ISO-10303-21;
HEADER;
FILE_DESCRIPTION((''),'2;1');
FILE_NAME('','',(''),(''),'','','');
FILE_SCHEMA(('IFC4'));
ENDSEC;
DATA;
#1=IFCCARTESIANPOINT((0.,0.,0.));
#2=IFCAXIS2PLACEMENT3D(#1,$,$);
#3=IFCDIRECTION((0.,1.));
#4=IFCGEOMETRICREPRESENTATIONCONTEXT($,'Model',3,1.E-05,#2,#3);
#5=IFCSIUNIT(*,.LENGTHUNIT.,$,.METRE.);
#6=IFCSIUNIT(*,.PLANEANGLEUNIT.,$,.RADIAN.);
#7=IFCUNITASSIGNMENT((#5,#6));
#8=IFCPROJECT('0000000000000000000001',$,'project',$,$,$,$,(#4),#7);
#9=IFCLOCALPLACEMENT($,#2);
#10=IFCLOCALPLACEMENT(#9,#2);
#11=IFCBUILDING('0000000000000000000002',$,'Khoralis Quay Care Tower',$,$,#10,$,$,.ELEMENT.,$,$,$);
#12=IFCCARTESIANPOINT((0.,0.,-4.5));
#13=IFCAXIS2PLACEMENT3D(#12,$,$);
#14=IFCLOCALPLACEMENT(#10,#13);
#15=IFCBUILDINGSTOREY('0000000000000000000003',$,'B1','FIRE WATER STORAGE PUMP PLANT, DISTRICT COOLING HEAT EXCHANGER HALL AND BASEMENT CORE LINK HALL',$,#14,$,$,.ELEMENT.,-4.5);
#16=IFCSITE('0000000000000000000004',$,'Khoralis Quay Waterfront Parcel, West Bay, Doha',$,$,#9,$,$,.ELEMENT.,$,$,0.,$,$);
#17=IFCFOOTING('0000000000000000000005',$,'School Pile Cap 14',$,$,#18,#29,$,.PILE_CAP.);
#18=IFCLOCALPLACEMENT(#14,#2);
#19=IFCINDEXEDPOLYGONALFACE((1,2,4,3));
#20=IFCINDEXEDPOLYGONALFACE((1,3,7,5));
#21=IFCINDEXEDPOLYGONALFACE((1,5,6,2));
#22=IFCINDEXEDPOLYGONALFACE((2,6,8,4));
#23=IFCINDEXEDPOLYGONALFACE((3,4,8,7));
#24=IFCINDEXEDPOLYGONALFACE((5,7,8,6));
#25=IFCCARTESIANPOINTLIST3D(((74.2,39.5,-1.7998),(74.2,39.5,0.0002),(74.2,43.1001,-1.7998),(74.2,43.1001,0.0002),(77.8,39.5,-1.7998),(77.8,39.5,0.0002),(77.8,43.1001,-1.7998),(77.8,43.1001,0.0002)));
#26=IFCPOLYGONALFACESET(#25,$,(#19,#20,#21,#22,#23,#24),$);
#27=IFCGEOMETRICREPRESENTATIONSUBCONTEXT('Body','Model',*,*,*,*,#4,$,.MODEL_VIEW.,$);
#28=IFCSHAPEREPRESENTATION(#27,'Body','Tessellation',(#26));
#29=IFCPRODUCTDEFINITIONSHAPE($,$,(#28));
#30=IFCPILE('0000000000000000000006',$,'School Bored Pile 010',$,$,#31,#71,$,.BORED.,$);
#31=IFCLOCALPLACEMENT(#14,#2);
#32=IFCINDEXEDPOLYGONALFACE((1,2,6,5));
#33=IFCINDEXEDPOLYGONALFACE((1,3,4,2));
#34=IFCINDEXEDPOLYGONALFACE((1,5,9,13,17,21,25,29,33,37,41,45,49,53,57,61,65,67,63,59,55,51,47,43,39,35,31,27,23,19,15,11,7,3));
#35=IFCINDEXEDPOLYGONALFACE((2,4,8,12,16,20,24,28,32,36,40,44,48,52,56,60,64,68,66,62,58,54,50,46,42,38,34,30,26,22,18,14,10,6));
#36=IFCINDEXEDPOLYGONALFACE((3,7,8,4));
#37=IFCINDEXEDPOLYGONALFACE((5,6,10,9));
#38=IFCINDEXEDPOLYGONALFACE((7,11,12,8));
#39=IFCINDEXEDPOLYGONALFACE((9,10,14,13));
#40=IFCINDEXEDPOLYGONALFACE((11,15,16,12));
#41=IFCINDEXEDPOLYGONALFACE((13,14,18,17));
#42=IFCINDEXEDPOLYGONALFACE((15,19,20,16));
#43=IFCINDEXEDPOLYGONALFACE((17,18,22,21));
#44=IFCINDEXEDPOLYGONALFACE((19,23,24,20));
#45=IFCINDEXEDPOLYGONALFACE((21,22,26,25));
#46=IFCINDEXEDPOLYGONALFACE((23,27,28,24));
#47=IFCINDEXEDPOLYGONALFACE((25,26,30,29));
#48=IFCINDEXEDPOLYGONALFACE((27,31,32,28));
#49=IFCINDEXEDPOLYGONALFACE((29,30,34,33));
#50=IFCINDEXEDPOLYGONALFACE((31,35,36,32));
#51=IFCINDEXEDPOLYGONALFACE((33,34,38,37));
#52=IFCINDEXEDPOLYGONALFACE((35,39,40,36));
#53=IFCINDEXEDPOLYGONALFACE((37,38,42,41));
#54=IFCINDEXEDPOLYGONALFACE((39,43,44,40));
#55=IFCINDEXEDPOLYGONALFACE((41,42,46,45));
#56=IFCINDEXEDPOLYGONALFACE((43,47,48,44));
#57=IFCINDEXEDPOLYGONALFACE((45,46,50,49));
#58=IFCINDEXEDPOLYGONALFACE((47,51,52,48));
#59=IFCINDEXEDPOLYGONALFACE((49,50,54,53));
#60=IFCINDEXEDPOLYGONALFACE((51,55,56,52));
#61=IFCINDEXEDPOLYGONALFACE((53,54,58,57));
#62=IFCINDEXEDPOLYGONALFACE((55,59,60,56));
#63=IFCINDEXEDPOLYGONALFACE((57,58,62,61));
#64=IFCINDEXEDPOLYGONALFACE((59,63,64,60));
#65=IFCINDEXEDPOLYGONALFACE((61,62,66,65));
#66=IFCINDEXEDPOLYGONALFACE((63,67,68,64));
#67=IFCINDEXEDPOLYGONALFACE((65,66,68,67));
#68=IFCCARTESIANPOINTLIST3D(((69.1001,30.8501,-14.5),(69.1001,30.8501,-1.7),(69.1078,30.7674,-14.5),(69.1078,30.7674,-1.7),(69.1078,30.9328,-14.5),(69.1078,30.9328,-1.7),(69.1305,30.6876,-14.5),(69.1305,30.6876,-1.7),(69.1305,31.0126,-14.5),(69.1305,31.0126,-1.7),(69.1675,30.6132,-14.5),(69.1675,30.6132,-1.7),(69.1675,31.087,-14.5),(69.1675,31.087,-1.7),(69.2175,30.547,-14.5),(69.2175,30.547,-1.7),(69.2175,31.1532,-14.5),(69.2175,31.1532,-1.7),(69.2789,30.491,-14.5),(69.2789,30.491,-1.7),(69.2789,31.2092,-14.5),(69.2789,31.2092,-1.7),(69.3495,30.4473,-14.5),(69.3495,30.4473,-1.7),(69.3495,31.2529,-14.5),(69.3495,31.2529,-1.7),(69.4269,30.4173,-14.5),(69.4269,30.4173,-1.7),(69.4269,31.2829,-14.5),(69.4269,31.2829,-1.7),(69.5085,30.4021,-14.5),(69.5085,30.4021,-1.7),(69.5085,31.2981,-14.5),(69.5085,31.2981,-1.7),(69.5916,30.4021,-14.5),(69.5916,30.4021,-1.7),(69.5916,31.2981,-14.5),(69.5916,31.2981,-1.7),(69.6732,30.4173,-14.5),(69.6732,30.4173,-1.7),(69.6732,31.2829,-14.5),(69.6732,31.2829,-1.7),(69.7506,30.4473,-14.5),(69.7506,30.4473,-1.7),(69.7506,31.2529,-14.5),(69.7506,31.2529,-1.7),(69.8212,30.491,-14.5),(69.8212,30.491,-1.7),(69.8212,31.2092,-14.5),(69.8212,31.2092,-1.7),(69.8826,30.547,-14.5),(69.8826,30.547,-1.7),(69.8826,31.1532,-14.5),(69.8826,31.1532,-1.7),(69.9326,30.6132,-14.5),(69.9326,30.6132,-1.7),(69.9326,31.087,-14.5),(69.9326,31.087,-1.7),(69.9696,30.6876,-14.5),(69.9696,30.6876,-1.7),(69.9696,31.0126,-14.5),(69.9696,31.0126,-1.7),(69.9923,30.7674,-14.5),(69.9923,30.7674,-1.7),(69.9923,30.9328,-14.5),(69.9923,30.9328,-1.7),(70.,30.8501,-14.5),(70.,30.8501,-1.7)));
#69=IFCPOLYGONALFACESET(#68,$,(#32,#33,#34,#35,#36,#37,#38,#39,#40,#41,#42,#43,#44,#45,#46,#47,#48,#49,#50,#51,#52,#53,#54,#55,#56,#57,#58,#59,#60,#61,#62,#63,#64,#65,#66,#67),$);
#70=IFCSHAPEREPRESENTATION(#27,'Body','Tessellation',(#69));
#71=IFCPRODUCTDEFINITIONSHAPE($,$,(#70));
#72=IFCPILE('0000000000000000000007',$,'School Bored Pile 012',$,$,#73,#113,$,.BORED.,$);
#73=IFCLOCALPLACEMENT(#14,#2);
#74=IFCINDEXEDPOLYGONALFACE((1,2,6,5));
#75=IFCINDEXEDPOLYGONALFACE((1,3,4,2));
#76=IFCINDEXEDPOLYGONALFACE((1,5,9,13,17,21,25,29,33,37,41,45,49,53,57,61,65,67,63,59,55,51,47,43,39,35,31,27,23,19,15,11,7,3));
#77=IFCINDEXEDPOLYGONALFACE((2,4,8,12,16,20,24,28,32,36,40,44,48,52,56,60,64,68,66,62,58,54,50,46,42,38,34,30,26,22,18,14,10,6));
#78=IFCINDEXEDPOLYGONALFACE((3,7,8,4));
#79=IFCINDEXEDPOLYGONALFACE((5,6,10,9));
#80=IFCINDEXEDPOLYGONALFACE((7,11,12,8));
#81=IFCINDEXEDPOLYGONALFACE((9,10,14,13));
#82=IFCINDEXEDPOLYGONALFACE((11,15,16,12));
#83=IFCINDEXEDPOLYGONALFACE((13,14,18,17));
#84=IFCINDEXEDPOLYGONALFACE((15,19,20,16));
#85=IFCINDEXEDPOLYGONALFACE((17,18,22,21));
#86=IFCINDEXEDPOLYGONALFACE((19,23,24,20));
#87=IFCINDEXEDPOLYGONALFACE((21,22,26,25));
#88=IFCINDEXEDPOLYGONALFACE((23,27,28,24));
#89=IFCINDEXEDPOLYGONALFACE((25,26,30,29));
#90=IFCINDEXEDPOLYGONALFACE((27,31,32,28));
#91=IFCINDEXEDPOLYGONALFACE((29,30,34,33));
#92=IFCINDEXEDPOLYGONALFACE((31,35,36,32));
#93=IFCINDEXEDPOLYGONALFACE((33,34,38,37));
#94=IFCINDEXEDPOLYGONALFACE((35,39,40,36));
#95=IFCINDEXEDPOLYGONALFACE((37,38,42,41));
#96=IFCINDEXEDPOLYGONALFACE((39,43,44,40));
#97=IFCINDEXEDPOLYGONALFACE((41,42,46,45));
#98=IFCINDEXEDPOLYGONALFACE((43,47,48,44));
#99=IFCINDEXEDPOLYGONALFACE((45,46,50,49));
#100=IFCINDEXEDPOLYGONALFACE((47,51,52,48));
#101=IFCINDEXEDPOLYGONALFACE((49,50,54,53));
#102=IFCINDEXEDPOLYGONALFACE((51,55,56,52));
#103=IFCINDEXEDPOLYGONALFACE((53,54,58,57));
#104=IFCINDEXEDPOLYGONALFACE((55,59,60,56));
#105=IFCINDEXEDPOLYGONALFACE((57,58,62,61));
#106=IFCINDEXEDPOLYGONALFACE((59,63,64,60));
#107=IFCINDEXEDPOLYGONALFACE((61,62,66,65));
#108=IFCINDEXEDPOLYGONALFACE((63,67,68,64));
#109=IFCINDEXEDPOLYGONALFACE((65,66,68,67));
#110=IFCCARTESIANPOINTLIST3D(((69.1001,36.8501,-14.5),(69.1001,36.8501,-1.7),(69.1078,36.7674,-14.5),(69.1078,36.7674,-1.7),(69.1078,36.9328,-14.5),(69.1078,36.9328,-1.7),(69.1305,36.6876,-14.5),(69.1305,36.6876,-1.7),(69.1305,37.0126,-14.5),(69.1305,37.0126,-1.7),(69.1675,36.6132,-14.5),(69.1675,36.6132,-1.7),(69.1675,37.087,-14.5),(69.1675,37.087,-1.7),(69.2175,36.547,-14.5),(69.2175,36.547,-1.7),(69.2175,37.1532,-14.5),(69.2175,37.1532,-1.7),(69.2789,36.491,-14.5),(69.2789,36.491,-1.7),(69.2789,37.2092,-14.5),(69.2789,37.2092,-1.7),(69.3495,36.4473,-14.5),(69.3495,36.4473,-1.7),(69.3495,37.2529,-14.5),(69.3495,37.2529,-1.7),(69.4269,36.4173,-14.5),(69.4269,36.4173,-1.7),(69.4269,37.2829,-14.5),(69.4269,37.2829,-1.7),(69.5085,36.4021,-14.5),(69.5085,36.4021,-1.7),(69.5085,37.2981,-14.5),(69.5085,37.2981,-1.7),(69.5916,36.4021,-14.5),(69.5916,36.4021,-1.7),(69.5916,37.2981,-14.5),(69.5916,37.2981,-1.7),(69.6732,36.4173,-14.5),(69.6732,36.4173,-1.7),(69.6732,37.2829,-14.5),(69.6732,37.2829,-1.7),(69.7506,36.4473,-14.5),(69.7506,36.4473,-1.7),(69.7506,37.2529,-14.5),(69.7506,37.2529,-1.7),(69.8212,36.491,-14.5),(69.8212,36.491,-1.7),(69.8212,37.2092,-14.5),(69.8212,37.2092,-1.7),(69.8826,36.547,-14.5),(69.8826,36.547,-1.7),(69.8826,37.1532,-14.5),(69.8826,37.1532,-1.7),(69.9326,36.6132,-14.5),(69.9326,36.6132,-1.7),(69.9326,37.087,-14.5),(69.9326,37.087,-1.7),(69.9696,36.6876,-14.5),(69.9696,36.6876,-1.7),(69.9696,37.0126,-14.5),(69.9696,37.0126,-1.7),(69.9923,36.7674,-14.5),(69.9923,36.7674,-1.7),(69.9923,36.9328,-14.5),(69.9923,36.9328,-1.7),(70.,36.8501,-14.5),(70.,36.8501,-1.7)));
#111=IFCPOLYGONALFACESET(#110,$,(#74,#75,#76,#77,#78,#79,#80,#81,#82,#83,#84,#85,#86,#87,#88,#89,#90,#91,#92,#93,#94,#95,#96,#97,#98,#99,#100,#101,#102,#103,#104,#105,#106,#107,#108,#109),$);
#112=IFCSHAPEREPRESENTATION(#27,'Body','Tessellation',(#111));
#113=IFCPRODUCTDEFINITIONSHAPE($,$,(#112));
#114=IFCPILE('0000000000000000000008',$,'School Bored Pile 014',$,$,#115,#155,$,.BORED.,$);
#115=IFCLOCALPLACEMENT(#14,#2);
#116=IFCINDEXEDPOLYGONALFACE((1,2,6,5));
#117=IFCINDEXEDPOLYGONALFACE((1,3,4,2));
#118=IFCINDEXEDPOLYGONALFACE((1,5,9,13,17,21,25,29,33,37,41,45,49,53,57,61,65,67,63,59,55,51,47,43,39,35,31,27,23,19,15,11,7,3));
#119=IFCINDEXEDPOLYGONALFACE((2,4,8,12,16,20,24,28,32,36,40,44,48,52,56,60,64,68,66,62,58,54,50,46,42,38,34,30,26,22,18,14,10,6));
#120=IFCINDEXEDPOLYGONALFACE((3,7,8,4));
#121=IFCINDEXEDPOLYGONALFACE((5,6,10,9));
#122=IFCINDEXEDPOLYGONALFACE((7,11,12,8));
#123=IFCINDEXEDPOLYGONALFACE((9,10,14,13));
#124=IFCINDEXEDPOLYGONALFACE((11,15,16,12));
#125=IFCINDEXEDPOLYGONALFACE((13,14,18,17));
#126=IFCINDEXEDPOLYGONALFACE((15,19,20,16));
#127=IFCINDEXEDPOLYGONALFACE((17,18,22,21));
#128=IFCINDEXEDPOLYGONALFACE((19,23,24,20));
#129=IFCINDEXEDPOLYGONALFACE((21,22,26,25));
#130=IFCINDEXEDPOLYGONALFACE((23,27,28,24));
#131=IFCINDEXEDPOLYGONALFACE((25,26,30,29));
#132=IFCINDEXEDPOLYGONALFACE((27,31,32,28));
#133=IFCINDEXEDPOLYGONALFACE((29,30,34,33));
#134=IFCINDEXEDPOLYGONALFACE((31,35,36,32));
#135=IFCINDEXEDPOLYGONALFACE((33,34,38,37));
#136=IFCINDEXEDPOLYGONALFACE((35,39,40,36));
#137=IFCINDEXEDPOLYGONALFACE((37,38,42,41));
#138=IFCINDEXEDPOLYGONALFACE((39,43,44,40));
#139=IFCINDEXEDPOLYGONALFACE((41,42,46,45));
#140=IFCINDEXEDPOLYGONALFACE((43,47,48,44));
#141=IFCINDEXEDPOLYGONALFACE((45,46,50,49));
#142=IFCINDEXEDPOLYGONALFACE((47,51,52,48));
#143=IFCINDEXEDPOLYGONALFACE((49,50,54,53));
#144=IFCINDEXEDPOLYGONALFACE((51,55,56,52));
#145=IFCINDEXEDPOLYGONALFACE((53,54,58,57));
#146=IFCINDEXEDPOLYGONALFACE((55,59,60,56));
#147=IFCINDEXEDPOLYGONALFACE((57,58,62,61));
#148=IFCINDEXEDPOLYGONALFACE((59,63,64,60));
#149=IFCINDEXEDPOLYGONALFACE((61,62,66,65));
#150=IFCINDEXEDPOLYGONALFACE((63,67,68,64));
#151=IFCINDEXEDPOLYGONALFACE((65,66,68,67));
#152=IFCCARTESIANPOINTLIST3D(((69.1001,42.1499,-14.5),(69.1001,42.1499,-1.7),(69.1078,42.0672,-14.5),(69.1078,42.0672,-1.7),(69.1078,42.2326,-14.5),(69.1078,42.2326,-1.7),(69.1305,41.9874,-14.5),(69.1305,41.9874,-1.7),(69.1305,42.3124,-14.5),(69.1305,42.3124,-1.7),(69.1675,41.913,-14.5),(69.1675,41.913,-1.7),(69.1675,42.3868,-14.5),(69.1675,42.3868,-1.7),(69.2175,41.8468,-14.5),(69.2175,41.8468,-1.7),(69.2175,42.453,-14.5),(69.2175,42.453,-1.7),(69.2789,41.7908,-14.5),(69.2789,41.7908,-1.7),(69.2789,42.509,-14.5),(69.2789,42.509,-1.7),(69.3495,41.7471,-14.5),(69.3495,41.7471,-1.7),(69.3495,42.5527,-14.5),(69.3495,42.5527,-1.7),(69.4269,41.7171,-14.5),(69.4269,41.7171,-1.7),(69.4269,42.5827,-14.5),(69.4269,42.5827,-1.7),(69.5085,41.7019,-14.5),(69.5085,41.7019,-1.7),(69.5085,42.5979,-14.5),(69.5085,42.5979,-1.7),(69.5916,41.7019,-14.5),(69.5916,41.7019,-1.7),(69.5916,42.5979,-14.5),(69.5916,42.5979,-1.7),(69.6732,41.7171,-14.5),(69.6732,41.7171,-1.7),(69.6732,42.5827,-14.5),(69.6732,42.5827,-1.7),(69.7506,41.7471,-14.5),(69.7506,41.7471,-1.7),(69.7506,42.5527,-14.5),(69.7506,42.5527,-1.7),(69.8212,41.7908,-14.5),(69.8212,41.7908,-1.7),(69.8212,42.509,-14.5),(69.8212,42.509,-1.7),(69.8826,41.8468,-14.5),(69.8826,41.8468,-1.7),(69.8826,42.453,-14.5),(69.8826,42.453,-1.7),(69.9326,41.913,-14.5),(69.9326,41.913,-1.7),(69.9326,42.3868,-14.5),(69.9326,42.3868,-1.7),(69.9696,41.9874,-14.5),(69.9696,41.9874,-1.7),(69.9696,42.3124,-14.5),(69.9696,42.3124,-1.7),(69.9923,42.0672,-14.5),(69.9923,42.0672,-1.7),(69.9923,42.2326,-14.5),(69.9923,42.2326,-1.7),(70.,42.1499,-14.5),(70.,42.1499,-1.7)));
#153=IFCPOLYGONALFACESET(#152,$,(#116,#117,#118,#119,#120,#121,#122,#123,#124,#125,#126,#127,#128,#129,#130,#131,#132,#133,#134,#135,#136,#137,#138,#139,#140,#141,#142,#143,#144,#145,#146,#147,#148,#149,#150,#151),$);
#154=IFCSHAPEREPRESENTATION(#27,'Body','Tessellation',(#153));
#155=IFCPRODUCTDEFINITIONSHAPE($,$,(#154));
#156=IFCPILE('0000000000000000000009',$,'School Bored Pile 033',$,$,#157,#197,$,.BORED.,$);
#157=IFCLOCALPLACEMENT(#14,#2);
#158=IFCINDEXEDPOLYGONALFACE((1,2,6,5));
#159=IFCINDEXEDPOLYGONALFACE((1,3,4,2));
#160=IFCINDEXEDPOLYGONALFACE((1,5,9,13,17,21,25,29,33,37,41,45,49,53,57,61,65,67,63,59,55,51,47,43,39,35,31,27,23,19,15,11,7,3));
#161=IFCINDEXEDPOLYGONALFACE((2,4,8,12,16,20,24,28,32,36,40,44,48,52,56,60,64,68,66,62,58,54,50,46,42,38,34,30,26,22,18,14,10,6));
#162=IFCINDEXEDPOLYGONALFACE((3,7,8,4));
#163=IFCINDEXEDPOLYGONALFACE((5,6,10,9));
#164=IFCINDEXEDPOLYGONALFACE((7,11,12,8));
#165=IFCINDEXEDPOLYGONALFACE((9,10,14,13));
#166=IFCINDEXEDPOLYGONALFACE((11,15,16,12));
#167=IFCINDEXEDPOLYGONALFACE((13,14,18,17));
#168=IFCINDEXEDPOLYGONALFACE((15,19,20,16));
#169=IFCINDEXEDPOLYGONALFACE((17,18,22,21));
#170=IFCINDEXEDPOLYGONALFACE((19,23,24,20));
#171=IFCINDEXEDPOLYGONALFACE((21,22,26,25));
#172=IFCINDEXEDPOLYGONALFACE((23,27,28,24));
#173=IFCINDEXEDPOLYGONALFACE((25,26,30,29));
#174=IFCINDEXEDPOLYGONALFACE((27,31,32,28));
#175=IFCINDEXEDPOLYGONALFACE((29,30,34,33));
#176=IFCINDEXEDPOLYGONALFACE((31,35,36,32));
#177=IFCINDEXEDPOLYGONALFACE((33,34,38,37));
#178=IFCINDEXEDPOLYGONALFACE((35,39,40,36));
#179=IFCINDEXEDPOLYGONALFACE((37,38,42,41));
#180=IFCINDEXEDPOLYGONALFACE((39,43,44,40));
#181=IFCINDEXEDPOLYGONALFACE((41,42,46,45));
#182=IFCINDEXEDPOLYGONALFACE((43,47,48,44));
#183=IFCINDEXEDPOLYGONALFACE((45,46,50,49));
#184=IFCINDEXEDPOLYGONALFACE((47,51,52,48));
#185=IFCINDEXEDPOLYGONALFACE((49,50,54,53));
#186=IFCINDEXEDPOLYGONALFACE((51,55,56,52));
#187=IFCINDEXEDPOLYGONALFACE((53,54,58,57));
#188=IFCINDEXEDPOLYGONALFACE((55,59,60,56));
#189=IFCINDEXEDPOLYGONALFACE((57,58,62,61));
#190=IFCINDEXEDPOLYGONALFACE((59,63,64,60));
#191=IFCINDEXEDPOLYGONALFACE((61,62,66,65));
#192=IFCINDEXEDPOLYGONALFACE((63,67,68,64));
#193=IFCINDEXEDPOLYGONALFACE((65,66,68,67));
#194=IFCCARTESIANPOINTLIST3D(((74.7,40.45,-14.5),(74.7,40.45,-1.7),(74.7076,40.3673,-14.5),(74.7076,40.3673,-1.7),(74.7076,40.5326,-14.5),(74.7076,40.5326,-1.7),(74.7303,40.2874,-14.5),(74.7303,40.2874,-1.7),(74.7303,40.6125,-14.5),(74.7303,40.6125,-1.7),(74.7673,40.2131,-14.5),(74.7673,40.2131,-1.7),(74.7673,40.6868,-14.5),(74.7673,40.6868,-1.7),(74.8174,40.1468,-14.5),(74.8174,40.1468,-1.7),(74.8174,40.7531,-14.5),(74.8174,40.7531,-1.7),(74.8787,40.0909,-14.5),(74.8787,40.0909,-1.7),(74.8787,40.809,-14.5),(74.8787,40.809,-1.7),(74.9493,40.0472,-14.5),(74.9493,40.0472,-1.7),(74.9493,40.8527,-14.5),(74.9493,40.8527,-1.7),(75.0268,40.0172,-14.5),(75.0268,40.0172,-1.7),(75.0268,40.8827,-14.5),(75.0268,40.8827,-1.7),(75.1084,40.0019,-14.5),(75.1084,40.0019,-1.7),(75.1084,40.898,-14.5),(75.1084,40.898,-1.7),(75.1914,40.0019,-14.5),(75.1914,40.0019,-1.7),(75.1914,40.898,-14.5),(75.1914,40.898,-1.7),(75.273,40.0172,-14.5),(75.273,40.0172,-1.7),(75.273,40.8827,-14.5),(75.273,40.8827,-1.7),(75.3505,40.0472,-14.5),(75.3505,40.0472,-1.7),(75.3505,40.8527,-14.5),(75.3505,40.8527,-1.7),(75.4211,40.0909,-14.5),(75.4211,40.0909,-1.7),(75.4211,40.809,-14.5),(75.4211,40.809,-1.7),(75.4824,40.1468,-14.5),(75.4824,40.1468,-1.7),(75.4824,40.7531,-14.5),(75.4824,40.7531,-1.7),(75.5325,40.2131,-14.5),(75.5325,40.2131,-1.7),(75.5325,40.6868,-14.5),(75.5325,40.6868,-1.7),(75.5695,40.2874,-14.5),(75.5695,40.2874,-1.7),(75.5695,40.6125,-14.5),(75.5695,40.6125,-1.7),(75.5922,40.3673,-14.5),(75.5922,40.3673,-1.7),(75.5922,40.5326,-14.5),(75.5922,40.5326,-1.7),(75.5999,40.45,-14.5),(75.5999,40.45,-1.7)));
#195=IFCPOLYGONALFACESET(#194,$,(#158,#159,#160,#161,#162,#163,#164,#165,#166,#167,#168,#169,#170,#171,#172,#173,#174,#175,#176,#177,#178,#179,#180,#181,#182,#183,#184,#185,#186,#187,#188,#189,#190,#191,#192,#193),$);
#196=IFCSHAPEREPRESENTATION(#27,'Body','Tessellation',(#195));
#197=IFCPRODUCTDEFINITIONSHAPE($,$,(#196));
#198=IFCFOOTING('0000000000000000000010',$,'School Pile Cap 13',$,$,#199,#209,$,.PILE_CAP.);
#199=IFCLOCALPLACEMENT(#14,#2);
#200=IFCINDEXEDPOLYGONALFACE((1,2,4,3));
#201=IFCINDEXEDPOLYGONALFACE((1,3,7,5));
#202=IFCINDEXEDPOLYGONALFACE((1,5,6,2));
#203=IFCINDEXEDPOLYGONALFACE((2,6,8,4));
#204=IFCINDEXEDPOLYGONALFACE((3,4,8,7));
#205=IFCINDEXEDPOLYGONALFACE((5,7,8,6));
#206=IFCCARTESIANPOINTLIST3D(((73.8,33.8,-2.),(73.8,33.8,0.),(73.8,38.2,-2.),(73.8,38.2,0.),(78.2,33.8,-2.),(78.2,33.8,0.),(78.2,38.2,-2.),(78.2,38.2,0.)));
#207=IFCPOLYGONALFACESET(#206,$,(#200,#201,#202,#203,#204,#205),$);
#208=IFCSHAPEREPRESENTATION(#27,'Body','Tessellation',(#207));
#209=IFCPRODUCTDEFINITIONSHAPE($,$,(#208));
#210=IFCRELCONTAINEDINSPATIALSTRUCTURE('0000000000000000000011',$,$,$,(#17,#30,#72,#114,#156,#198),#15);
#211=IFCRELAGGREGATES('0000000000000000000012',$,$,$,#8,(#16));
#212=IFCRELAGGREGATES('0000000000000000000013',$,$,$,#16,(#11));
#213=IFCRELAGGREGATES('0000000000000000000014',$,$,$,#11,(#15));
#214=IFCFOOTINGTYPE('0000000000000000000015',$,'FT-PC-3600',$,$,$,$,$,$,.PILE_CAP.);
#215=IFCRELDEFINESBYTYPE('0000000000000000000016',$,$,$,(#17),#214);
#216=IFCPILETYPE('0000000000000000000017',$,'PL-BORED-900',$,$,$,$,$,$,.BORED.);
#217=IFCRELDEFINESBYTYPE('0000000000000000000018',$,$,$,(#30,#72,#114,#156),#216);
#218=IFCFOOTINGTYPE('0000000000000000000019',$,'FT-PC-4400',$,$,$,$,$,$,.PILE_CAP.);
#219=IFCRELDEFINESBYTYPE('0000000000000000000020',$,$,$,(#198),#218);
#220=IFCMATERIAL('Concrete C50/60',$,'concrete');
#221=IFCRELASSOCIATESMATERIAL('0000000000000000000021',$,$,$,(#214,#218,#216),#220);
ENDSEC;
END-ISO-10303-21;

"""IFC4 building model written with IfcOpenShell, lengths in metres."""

from ifc_helpers import new_model, si_unit, direction, frame, origin, origin_2d, place, context, subcontext, project, spatial, rectangle, circle, extrude, source, transform, mapped, material, material_profile, profile_set, type_object, element, save


model = new_model("IFC4")

# Units and contexts
model_context = context("Model", 3, precision=1e-05, world=origin(), true_north=direction((0.0, 1.0)))
body_context = subcontext(model_context, "Body", "Model", "MODEL_VIEW")
ifc_project = project(units=[si_unit("LENGTHUNIT", "METRE"), si_unit("PLANEANGLEUNIT", "RADIAN")], contexts=[model_context])

# Site, building, storey
site_placement = place(None, origin())
site = spatial("IfcSite", under=ifc_project, at=site_placement, Name="Khoralis Quay Waterfront Parcel, West Bay, Doha", CompositionType="ELEMENT", RefElevation=0.0)
building_placement = place(site_placement, origin())
building = spatial("IfcBuilding", under=site, at=building_placement, Name="Khoralis Quay Care Tower", CompositionType="ELEMENT")
storey_placement = place(building_placement, frame((0.0, 0.0, -4.5)))
storey = spatial("IfcBuildingStorey", under=building, at=storey_placement, Name="B1", Description="FIRE WATER STORAGE PUMP PLANT, DISTRICT COOLING HEAT EXCHANGER HALL AND BASEMENT CORE LINK HALL", CompositionType="ELEMENT", Elevation=-4.5)

# Footing
ifc_material_1 = material(Name="Concrete C50/60", Category="concrete")
footing_type_1 = type_object("IfcFootingType", Name="FT-PC-3600", PredefinedType="PILE_CAP", material=ifc_material_1)
shared_shape_1 = source(origin(), body_context, "Body", "SweptSolid", [
    extrude(rectangle(XDim=3.6001, YDim=3.6001, at=origin_2d()), origin(), (0.0, 0.0, 1.0), 1.8),
])
footing_1_placement = place(storey_placement, frame((76.0, 41.3, -1.7998), z_axis=(0.0, 0.0, 1.0), x_axis=(1.0, 0.0, 0.0)))
element("IfcFooting", 1, at=footing_1_placement, inside=storey, type_object=footing_type_1, Name="School Pile Cap 14", PredefinedType="PILE_CAP", context=body_context, shape_type="MappedRepresentation", body=[
    mapped(shared_shape_1, transform((0.0, 0.0, 0.0), scale=1.0)),
])

# Piles
ifc_material_profile_1 = material_profile(ifc_material_1, circle(Radius=0.45, at=origin_2d()), Name="Concrete C50/60")
ifc_profile_set_1 = profile_set([ifc_material_profile_1], Name="Concrete C50/60")
pile_type_1 = type_object("IfcPileType", Name="PL-BORED-900", PredefinedType="BORED", material=ifc_profile_set_1)
shared_shape_2 = source(origin(), body_context, "Body", "SweptSolid", [
    extrude(circle(Radius=0.45, at=origin_2d()), origin(), (0.0, 0.0, 1.0), 12.8),
])
for number, where, z_axis, x_axis, name in (
    (2, (69.55, 30.8501, -1.7), (0.0, 0.0, -1.0), (1.0, 0.0, 0.0), "School Bored Pile 010"),
    (3, (69.55, 36.8501, -1.7), (0.0, 0.0, -1.0), (1.0, 0.0, 0.0), "School Bored Pile 012"),
    (4, (69.55, 42.1499, -1.7), (0.0, 0.0, -1.0), (1.0, 0.0, 0.0), "School Bored Pile 014"),
    (5, (75.1499, 40.45, -1.7), (0.0, 0.0, -1.0), (1.0, 0.0, 0.0), "School Bored Pile 033"),
):
    element("IfcPile", number, at=place(storey_placement, frame(where, z_axis=z_axis, x_axis=x_axis)), inside=storey, type_object=pile_type_1, Name=name, PredefinedType="BORED", context=body_context, shape_type="MappedRepresentation", body=[
        mapped(shared_shape_2, transform((0.0, 0.0, 0.0), scale=1.0)),
    ])

# Footing
footing_type_2 = type_object("IfcFootingType", Name="FT-PC-4400", PredefinedType="PILE_CAP", material=ifc_material_1)
shared_shape_3 = source(origin(), body_context, "Body", "SweptSolid", [
    extrude(rectangle(XDim=4.3999, YDim=4.3999, at=origin_2d()), origin(), (0.0, 0.0, 1.0), 2.0),
])
footing_2_placement = place(storey_placement, frame((76.0, 36.0, -2.0), z_axis=(0.0, 0.0, 1.0), x_axis=(1.0, 0.0, 0.0)))
element("IfcFooting", 6, at=footing_2_placement, inside=storey, type_object=footing_type_2, Name="School Pile Cap 13", PredefinedType="PILE_CAP", context=body_context, shape_type="MappedRepresentation", body=[
    mapped(shared_shape_3, transform((0.0, 0.0, 0.0), scale=1.0)),
])

save(model, "model.ifc")
